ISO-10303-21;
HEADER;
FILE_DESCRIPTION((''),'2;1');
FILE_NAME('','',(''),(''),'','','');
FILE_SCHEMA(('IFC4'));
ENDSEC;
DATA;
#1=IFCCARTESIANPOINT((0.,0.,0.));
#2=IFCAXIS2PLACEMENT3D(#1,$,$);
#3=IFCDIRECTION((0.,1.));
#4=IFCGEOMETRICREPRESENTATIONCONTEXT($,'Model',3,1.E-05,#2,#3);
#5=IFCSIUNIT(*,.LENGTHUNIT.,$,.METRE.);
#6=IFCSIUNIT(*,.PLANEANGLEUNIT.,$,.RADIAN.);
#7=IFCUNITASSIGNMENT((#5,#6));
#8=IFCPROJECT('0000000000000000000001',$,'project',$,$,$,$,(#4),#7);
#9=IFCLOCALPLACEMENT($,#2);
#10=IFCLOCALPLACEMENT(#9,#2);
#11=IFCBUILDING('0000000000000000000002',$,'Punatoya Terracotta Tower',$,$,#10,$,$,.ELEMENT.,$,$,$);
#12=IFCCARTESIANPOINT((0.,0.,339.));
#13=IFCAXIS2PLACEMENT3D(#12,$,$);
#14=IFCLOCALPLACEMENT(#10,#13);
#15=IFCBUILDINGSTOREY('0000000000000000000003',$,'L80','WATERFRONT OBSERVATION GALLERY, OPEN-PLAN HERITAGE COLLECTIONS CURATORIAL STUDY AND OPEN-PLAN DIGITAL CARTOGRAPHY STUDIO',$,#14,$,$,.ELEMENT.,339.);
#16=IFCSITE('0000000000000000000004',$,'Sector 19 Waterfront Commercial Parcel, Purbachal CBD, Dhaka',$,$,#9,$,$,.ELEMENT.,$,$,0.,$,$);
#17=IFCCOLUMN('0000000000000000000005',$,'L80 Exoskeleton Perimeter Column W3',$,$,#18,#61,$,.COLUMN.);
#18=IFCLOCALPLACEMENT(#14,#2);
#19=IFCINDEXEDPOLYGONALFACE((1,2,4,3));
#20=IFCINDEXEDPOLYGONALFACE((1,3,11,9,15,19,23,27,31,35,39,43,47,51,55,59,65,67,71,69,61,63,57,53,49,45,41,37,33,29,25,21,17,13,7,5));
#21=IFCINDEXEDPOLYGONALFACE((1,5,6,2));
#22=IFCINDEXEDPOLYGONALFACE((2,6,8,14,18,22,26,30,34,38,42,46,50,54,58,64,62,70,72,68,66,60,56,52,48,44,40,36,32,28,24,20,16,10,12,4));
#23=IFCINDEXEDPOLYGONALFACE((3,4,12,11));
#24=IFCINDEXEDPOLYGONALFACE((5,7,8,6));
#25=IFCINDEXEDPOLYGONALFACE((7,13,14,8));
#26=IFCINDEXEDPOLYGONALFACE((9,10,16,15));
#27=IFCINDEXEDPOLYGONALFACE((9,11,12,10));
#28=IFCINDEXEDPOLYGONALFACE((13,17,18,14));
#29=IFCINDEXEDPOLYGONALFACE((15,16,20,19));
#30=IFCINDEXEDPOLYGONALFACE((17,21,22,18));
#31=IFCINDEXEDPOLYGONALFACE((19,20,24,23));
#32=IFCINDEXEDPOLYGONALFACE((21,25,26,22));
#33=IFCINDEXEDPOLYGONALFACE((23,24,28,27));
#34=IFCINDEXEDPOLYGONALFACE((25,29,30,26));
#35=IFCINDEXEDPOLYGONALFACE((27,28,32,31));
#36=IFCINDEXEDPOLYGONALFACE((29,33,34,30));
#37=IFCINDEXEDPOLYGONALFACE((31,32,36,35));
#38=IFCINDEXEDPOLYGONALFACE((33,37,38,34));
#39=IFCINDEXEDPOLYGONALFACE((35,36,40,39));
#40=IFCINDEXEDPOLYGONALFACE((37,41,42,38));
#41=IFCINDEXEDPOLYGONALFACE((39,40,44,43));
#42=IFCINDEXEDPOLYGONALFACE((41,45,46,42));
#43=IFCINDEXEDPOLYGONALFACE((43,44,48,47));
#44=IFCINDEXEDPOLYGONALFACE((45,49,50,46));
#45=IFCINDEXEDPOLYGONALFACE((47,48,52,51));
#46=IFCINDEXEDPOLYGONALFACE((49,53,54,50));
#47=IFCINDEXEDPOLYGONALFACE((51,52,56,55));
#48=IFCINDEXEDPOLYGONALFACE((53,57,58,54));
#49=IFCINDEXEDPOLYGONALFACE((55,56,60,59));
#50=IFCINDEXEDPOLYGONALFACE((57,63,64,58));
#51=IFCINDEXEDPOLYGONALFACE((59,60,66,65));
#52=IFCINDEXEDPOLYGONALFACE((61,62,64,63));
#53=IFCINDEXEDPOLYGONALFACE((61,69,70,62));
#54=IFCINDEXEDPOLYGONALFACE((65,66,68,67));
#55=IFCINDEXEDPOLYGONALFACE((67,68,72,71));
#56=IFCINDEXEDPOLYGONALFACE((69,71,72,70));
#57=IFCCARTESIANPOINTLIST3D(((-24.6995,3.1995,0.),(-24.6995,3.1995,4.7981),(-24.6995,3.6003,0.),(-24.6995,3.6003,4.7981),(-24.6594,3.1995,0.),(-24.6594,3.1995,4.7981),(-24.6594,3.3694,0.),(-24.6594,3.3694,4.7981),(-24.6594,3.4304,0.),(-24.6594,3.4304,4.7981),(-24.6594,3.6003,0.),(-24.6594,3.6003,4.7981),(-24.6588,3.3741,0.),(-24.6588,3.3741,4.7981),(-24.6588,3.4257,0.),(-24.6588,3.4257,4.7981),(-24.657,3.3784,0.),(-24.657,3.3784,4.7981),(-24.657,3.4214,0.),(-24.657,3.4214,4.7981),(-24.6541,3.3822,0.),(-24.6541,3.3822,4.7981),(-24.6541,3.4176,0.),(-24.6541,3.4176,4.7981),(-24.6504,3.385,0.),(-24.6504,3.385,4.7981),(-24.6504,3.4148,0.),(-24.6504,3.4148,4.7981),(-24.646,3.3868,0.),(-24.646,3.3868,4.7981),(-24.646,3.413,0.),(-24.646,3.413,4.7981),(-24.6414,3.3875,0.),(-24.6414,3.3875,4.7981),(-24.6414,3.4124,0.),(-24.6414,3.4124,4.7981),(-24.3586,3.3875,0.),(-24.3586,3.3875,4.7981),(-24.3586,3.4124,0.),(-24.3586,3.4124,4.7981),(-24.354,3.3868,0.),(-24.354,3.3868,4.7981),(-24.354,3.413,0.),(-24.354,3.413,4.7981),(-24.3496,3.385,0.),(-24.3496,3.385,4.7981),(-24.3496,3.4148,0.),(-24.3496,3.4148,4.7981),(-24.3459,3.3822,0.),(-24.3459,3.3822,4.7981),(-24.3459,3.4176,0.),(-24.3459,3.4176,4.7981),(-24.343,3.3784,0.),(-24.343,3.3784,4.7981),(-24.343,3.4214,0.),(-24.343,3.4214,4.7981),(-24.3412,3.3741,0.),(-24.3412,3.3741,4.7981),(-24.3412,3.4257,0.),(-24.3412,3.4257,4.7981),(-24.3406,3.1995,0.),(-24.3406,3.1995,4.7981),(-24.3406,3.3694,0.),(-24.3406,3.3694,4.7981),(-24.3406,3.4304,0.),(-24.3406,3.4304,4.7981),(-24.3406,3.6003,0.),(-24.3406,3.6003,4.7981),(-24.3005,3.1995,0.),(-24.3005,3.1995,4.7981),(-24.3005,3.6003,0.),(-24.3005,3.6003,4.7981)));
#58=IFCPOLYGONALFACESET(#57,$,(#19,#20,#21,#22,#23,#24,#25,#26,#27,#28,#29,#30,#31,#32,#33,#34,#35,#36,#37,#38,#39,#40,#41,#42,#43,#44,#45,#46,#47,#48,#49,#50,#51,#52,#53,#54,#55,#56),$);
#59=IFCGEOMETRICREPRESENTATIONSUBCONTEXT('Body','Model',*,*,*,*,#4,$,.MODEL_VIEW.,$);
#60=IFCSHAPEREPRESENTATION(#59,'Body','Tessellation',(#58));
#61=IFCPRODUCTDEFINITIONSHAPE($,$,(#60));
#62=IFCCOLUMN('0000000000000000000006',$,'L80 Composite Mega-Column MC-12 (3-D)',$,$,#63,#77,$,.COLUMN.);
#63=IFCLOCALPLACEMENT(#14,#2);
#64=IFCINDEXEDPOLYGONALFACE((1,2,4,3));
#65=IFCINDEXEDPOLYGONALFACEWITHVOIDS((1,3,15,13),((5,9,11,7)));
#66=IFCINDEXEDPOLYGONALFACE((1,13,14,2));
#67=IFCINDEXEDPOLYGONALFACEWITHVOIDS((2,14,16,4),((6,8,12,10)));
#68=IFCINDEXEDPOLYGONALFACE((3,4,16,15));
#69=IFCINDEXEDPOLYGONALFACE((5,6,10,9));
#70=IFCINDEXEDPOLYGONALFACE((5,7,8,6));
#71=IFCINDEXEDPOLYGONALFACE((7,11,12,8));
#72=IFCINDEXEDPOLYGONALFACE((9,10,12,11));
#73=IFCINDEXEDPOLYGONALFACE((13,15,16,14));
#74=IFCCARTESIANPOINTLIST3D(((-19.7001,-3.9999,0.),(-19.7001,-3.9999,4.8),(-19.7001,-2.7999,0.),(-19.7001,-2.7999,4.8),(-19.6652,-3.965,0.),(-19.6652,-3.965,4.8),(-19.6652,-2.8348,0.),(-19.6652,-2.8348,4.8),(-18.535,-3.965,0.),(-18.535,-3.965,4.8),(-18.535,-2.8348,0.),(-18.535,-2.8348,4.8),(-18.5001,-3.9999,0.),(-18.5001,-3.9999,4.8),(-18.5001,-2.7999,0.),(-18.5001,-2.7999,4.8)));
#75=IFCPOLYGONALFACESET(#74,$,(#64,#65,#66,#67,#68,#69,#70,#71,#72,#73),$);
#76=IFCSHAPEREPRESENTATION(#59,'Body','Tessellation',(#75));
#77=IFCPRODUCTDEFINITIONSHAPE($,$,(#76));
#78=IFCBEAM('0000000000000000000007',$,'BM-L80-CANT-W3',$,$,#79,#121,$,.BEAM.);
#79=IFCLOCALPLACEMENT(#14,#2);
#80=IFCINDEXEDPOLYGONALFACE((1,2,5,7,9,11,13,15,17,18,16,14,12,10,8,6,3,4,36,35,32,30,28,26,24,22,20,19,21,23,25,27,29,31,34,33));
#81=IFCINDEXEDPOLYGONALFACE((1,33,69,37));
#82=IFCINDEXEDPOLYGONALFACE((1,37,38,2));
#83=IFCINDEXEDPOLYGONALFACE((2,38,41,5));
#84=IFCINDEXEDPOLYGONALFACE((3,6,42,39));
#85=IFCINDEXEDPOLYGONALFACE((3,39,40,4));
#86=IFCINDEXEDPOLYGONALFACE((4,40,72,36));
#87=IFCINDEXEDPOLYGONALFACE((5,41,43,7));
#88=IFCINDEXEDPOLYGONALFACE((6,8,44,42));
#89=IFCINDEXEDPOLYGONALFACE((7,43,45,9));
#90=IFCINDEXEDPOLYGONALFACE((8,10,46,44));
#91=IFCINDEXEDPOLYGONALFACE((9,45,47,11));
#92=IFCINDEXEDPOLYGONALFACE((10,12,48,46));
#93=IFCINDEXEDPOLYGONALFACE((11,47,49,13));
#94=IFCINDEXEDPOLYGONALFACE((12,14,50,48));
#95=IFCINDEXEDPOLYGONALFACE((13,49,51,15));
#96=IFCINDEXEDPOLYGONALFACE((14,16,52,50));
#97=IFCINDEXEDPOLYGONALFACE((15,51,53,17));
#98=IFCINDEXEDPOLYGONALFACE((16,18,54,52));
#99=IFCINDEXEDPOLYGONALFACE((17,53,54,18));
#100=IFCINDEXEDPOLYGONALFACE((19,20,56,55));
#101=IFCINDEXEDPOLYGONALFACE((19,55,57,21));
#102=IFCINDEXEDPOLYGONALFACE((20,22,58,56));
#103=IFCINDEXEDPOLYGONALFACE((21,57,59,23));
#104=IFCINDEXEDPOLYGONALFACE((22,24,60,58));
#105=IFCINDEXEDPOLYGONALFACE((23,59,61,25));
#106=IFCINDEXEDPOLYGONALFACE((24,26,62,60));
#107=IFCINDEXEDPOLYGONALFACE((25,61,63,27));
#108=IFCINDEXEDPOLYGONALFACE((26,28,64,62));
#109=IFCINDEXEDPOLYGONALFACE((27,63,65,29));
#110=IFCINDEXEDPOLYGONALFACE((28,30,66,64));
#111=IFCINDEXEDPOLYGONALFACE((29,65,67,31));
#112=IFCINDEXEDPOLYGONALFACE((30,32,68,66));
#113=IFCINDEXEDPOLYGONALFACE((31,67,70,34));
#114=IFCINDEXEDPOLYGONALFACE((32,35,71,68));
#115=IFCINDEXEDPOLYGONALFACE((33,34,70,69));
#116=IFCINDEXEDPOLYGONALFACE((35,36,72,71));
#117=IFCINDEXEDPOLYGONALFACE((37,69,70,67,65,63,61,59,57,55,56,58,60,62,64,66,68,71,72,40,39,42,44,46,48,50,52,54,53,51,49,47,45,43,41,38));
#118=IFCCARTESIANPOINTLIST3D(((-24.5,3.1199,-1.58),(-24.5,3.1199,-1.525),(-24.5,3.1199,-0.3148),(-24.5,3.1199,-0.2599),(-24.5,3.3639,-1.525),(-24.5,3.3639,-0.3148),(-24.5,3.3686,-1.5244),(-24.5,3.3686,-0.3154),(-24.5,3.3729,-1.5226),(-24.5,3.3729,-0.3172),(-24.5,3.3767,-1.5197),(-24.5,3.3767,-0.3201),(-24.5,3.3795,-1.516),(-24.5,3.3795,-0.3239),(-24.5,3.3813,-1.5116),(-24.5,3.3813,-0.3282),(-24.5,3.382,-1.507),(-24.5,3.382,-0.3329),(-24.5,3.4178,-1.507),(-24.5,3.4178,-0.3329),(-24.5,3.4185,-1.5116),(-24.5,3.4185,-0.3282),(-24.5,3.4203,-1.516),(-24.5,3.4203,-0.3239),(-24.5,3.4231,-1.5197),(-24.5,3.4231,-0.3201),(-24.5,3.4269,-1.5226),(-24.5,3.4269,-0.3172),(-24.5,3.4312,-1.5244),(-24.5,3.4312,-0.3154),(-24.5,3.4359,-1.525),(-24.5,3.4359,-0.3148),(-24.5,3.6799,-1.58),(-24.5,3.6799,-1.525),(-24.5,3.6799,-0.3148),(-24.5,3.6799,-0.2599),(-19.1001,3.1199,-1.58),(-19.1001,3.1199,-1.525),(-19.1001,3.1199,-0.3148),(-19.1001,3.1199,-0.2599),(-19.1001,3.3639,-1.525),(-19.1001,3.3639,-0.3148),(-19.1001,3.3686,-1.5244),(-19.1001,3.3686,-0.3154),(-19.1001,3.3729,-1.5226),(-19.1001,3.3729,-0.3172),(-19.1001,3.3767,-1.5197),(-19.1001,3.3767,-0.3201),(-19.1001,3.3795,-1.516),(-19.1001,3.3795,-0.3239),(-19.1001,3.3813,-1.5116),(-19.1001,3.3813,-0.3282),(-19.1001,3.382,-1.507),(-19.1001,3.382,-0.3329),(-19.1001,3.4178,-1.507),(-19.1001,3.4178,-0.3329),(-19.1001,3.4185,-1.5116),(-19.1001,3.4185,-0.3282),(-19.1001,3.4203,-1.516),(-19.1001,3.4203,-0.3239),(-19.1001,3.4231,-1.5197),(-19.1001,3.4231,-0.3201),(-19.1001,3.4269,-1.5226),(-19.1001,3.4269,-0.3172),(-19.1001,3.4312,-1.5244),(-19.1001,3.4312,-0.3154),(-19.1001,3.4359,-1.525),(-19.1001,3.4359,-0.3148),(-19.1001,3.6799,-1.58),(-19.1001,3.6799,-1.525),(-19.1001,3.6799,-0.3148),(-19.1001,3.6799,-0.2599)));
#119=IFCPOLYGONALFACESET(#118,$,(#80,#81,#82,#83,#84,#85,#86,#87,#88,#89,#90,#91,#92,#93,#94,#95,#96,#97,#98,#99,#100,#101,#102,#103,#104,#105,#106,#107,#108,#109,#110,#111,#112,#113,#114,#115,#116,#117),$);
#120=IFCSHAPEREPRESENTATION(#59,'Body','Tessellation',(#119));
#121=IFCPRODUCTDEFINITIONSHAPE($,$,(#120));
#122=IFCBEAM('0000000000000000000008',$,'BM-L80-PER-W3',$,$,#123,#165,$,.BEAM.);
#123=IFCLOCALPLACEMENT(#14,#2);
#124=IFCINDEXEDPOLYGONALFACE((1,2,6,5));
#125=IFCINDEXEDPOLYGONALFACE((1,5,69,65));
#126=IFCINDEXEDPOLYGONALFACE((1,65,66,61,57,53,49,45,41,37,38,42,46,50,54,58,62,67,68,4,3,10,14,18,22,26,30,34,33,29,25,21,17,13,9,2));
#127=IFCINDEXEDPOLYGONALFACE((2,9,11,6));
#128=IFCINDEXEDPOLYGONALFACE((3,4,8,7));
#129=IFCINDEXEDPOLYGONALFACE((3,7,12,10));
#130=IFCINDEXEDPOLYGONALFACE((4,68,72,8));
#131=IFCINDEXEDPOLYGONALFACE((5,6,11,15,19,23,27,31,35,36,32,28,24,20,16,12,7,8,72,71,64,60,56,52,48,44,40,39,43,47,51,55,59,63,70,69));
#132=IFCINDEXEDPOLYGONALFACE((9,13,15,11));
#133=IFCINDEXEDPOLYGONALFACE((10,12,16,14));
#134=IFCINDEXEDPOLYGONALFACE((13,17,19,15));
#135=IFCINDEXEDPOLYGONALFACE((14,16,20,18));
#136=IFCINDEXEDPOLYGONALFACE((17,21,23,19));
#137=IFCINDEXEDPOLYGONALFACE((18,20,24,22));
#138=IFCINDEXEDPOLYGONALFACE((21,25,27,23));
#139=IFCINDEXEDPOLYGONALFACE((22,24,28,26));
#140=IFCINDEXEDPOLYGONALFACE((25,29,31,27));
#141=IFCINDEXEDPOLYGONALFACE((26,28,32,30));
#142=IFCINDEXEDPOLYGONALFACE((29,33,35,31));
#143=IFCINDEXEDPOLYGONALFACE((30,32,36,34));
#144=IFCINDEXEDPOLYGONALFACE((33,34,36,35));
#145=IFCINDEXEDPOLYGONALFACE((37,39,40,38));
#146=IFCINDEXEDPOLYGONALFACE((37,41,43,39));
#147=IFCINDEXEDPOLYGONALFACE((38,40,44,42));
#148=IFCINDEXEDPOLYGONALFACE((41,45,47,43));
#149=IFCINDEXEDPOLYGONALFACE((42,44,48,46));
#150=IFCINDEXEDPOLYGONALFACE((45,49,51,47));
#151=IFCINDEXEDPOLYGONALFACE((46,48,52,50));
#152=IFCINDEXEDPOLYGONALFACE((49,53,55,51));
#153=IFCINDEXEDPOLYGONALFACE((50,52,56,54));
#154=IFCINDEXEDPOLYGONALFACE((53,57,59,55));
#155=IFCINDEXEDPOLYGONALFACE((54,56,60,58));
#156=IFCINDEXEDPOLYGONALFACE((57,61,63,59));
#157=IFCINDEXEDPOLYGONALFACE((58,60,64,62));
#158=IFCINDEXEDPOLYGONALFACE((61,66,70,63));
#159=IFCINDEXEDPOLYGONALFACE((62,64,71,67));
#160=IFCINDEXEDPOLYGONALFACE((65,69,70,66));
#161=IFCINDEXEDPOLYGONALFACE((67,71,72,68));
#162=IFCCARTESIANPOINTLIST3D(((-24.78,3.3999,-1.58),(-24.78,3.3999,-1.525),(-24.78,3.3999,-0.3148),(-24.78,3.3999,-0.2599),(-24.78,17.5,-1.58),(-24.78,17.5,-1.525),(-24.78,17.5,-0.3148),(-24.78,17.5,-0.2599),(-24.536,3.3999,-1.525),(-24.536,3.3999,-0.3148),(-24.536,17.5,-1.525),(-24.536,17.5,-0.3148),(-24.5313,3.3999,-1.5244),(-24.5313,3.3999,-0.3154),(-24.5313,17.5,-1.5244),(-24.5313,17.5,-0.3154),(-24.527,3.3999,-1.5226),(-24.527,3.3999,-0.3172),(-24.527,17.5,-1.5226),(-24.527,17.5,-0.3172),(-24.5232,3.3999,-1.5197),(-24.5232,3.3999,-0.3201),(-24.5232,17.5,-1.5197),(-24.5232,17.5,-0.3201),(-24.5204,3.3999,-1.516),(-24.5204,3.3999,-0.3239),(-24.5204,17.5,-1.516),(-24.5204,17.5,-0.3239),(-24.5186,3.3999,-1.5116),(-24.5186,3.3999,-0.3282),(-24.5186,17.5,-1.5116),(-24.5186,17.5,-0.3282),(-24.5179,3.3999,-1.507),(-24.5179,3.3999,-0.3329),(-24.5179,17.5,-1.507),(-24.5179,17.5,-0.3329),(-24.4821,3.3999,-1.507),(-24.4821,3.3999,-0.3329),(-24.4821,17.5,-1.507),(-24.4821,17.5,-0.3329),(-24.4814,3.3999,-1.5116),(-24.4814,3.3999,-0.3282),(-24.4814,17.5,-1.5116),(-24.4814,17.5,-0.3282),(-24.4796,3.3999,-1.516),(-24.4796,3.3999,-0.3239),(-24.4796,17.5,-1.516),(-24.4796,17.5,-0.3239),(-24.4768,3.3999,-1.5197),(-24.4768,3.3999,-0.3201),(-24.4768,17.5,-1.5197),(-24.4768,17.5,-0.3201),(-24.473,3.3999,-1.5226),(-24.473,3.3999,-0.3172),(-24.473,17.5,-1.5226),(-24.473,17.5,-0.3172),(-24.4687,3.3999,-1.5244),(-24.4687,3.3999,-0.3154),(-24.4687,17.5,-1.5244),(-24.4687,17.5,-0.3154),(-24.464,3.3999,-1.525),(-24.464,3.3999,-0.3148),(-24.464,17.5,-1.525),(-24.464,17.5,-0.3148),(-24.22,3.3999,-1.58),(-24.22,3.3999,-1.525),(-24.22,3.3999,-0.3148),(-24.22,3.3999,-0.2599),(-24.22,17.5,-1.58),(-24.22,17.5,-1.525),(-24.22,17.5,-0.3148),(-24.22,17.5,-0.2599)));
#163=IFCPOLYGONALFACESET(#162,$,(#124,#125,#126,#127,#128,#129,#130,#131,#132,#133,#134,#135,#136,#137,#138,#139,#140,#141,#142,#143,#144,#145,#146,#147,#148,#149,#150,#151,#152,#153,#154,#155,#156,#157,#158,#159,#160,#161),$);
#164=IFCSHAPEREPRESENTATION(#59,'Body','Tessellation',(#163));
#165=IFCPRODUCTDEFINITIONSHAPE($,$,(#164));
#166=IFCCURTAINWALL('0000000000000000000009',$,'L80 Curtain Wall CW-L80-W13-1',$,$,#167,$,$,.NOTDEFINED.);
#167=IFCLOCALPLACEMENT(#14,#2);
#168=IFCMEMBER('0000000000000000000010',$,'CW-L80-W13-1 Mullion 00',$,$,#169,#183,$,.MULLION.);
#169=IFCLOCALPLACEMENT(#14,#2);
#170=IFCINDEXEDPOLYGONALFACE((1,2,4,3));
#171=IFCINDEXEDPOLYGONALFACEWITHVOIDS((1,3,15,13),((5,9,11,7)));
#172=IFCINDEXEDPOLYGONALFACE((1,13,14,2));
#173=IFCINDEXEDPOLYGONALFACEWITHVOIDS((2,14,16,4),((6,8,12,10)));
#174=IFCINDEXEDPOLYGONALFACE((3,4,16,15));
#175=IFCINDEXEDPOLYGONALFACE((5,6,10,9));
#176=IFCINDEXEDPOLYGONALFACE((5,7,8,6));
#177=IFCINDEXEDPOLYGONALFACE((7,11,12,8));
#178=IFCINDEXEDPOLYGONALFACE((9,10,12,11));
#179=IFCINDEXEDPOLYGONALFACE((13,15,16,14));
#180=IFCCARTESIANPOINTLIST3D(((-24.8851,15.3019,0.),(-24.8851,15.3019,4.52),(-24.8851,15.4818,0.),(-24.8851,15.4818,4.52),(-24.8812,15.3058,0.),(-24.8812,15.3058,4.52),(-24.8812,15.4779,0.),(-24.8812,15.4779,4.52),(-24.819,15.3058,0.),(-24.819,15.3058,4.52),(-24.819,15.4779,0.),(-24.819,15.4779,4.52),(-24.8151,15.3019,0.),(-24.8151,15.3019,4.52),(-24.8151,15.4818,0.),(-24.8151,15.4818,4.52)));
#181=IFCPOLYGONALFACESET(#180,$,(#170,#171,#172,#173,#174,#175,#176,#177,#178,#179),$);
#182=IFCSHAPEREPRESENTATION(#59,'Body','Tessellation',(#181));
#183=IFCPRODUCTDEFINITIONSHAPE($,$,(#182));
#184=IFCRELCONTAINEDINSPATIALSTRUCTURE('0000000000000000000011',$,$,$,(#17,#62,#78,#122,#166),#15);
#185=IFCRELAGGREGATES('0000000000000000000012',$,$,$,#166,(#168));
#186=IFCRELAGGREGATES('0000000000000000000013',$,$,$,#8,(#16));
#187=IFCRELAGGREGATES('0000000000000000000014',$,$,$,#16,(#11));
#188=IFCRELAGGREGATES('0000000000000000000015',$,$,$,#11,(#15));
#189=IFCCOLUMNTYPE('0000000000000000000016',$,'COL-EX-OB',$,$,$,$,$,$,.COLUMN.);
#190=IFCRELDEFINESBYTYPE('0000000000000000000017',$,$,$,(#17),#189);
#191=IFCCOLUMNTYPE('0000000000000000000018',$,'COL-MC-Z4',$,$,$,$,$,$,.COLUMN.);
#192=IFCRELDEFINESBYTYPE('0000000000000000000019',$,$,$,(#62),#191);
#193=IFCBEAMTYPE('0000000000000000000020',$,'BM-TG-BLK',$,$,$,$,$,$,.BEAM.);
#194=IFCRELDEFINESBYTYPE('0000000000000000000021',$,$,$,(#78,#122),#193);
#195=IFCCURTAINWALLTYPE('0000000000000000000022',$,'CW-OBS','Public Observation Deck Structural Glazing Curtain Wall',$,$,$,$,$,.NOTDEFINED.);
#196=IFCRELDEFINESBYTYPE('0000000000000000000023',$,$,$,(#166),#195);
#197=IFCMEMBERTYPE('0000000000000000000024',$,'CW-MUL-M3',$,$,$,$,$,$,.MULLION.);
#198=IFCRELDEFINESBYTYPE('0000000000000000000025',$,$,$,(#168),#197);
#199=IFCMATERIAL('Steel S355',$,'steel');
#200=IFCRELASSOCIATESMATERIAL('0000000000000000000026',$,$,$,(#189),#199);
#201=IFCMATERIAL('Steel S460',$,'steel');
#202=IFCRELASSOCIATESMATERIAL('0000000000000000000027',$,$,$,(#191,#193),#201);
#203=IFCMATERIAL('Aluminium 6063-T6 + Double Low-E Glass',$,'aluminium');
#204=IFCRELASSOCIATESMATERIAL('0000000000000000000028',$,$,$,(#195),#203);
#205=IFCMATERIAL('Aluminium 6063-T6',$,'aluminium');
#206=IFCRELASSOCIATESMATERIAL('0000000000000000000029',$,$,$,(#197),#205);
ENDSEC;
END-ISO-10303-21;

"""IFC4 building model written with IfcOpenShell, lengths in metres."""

from ifc_helpers import new_model, si_unit, direction, frame, origin, origin_2d, place, context, subcontext, project, spatial, hollow_rectangle, i_section, extrude, material, material_profile, profile_set, type_object, element, aggregate, save


model = new_model("IFC4")

# Units and contexts
model_context = context("Model", 3, precision=1e-05, world=origin(), true_north=direction((0.0, 1.0)))
body_context = subcontext(model_context, "Body", "Model", "MODEL_VIEW")
ifc_project = project(units=[si_unit("LENGTHUNIT", "METRE"), si_unit("PLANEANGLEUNIT", "RADIAN")], contexts=[model_context])

# Site, building, storey
site_placement = place(None, origin())
site = spatial("IfcSite", under=ifc_project, at=site_placement, Name="Sector 19 Waterfront Commercial Parcel, Purbachal CBD, Dhaka", CompositionType="ELEMENT", RefElevation=0.0)
building_placement = place(site_placement, origin())
building = spatial("IfcBuilding", under=site, at=building_placement, Name="Punatoya Terracotta Tower", CompositionType="ELEMENT")
storey_placement = place(building_placement, frame((0.0, 0.0, 339.0)))
storey = spatial("IfcBuildingStorey", under=building, at=storey_placement, Name="L80", Description="WATERFRONT OBSERVATION GALLERY, OPEN-PLAN HERITAGE COLLECTIONS CURATORIAL STUDY AND OPEN-PLAN DIGITAL CARTOGRAPHY STUDIO", CompositionType="ELEMENT", Elevation=339.0)

# Columns
ifc_material_1 = material(Name="Steel S355", Category="steel")
ifc_material_profile_1 = material_profile(ifc_material_1, i_section(OverallWidth=0.4009, OverallDepth=0.3989, WebThickness=0.0249, FlangeThickness=0.04, FilletRadius=0.0181, at=origin_2d()))
ifc_profile_set_1 = profile_set([ifc_material_profile_1], Name="Steel S355")
column_type_1 = type_object("IfcColumnType", Name="COL-EX-OB", PredefinedType="COLUMN", material=ifc_profile_set_1)
column_1_placement = place(storey_placement, frame((-24.5, 3.3999, 0.0), z_axis=(0.0, 0.0, 1.0), x_axis=(0.0, 1.0, 0.0)))
element("IfcColumn", 1, at=column_1_placement, inside=storey, type_object=column_type_1, Name="L80 Exoskeleton Perimeter Column W3", PredefinedType="COLUMN", context=body_context, shape_type="SweptSolid", body=[
    extrude(i_section(OverallWidth=0.4009, OverallDepth=0.3989, WebThickness=0.0249, FlangeThickness=0.04, FilletRadius=0.0181, at=origin_2d()), origin(), (0.0, 0.0, 1.0), 4.7981),
])
ifc_material_2 = material(Name="Steel S460", Category="steel")
ifc_material_profile_2 = material_profile(ifc_material_2, hollow_rectangle(XDim=1.2, YDim=1.2, WallThickness=0.0349, at=origin_2d()))
ifc_profile_set_2 = profile_set([ifc_material_profile_2], Name="Steel S460")
column_type_2 = type_object("IfcColumnType", Name="COL-MC-Z4", PredefinedType="COLUMN", material=ifc_profile_set_2)
column_2_placement = place(storey_placement, frame((-19.1001, -3.3999, 0.0), z_axis=(0.0, 0.0, 1.0), x_axis=(1.0, 0.0, 0.0)))
element("IfcColumn", 2, at=column_2_placement, inside=storey, type_object=column_type_2, Name="L80 Composite Mega-Column MC-12 (3-D)", PredefinedType="COLUMN", context=body_context, shape_type="SweptSolid", body=[
    extrude(hollow_rectangle(XDim=1.2, YDim=1.2, WallThickness=0.0349, at=origin_2d()), origin(), (0.0, 0.0, 1.0), 4.8),
])

# Beams
ifc_material_profile_3 = material_profile(ifc_material_2, i_section(OverallWidth=0.5601, OverallDepth=1.3201, WebThickness=0.0359, FlangeThickness=0.0549, FilletRadius=0.0181, at=origin_2d()))
ifc_profile_set_3 = profile_set([ifc_material_profile_3], Name="Steel S460")
beam_type = type_object("IfcBeamType", Name="BM-TG-BLK", PredefinedType="BEAM", material=ifc_profile_set_3)
beam_1_placement = place(storey_placement, frame((-24.5, 3.3999, -0.9199), z_axis=(1.0, 0.0, 0.0), x_axis=(0.0, 1.0, 0.0)))
element("IfcBeam", 3, at=beam_1_placement, inside=storey, type_object=beam_type, Name="BM-L80-CANT-W3", PredefinedType="BEAM", context=body_context, shape_type="SweptSolid", body=[
    extrude(i_section(OverallWidth=0.5601, OverallDepth=1.3201, WebThickness=0.0359, FlangeThickness=0.0549, FilletRadius=0.0181, at=origin_2d()), origin(), (0.0, 0.0, 1.0), 5.3999),
])
beam_2_placement = place(storey_placement, frame((-24.5, 3.3999, -0.9199), z_axis=(0.0, 1.0, 0.0), x_axis=(-1.0, 0.0, 0.0)))
element("IfcBeam", 4, at=beam_2_placement, inside=storey, type_object=beam_type, Name="BM-L80-PER-W3", PredefinedType="BEAM", context=body_context, shape_type="SweptSolid", body=[
    extrude(i_section(OverallWidth=0.5601, OverallDepth=1.3201, WebThickness=0.0359, FlangeThickness=0.0549, FilletRadius=0.0181, at=origin_2d()), origin(), (0.0, 0.0, 1.0), 14.1001),
])

# Curtain wall, member
ifc_material_3 = material(Name="Aluminium 6063-T6 + Double Low-E Glass", Category="aluminium")
curtain_wall_type = type_object("IfcCurtainWallType", Name="CW-OBS", Description="Public Observation Deck Structural Glazing Curtain Wall", PredefinedType="NOTDEFINED", material=ifc_material_3)
curtain_wall_placement = place(storey_placement, origin())
curtain_wall = element("IfcCurtainWall", 5, at=curtain_wall_placement, inside=storey, type_object=curtain_wall_type, Name="L80 Curtain Wall CW-L80-W13-1", PredefinedType="NOTDEFINED")
ifc_material_4 = material(Name="Aluminium 6063-T6", Category="aluminium")
ifc_material_profile_4 = material_profile(ifc_material_4, hollow_rectangle(XDim=0.0701, YDim=0.1799, WallThickness=0.0039, at=origin_2d()))
ifc_profile_set_4 = profile_set([ifc_material_profile_4], Name="Aluminium 6063-T6")
member_type_1 = type_object("IfcMemberType", Name="CW-MUL-M3", PredefinedType="MULLION", material=ifc_profile_set_4)
member_1_placement = place(storey_placement, frame((-24.8501, 15.3918, 0.0), z_axis=(0.0, 0.0, 1.0), x_axis=(1.0, 0.0, 0.0)))
member_1 = element("IfcMember", 6, at=member_1_placement, type_object=member_type_1, Name="CW-L80-W13-1 Mullion 00", PredefinedType="MULLION", context=body_context, shape_type="SweptSolid", body=[
    extrude(hollow_rectangle(XDim=0.0701, YDim=0.1799, WallThickness=0.0039, at=origin_2d()), origin(), (0.0, 0.0, 1.0), 4.52),
])

aggregate(curtain_wall, [member_1])

save(model, "model.ifc")
